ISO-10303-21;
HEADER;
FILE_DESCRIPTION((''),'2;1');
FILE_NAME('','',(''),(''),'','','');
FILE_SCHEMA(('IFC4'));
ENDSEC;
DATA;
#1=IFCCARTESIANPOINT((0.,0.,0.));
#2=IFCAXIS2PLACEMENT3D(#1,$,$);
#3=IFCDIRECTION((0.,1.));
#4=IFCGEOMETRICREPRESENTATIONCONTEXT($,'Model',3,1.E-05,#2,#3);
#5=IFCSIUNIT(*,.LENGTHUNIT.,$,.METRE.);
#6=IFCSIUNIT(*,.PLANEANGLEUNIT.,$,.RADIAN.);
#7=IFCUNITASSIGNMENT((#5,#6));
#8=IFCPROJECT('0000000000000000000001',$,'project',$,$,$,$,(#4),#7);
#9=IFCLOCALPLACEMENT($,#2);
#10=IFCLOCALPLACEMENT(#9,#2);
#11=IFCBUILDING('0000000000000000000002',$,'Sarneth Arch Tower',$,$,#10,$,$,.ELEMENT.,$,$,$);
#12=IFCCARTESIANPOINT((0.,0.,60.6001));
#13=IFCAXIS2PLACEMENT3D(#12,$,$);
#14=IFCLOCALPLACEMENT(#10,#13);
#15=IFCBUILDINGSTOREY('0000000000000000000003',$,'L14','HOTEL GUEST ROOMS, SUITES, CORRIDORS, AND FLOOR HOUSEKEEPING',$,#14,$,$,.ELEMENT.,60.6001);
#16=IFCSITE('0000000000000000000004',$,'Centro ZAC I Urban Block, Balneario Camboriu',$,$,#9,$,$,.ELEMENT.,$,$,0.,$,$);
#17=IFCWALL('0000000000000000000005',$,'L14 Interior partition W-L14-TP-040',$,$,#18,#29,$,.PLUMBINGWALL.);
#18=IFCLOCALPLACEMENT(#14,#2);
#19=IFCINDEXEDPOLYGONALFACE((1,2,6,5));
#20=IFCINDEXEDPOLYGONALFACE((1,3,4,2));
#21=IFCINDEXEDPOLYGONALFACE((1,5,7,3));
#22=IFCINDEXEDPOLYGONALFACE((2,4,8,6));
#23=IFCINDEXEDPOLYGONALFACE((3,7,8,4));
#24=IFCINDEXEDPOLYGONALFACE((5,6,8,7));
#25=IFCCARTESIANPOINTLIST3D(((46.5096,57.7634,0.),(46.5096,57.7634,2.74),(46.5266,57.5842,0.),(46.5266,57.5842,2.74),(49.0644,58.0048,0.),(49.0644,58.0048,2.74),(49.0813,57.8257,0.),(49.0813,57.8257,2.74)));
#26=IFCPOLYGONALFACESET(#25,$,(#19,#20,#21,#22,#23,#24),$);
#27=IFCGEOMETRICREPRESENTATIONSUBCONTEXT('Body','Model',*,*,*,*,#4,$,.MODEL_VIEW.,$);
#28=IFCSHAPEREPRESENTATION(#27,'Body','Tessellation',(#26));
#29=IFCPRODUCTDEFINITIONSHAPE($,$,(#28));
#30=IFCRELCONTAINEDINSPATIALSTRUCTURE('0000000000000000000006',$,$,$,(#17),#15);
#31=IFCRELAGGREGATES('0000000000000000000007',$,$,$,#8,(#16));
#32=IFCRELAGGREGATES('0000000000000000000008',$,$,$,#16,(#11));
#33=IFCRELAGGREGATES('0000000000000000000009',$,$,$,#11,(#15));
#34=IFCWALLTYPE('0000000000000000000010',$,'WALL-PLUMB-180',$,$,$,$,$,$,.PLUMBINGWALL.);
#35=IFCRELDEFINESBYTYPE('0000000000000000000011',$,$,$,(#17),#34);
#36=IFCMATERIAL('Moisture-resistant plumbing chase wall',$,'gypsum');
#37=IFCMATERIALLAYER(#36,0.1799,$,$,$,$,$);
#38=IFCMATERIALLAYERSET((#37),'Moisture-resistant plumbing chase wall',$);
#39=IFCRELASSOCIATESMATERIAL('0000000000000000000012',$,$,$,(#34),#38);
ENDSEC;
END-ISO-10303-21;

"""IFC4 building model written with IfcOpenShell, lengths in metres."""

from ifc_helpers import new_model, si_unit, direction, frame, frame_2d, origin, place, context, subcontext, project, spatial, rectangle, extrude, material, layer, layer_set, type_object, element, save


model = new_model("IFC4")

# Units and contexts
model_context = context("Model", 3, precision=1e-05, world=origin(), true_north=direction((0.0, 1.0)))
body_context = subcontext(model_context, "Body", "Model", "MODEL_VIEW")
ifc_project = project(units=[si_unit("LENGTHUNIT", "METRE"), si_unit("PLANEANGLEUNIT", "RADIAN")], contexts=[model_context])

# Site, building, storey
site_placement = place(None, origin())
site = spatial("IfcSite", under=ifc_project, at=site_placement, Name="Centro ZAC I Urban Block, Balneario Camboriu", CompositionType="ELEMENT", RefElevation=0.0)
building_placement = place(site_placement, origin())
building = spatial("IfcBuilding", under=site, at=building_placement, Name="Sarneth Arch Tower", CompositionType="ELEMENT")
storey_placement = place(building_placement, frame((0.0, 0.0, 60.6001)))
storey = spatial("IfcBuildingStorey", under=building, at=storey_placement, Name="L14", Description="HOTEL GUEST ROOMS, SUITES, CORRIDORS, AND FLOOR HOUSEKEEPING", CompositionType="ELEMENT", Elevation=60.6001)

# Shared definitions
ifc_material_1 = material(Name="Moisture-resistant plumbing chase wall", Category="gypsum")
ifc_layer_1 = layer(ifc_material_1, 0.1799)
ifc_layer_set_1 = layer_set([ifc_layer_1], Name="Moisture-resistant plumbing chase wall")
wall_type_1 = type_object("IfcWallType", Name="WALL-PLUMB-180", PredefinedType="PLUMBINGWALL", material=ifc_layer_set_1)

# Wall
wall_1_placement = place(storey_placement, frame((49.073, 57.9153, 0.0), z_axis=(0.0, 0.0, 1.0), x_axis=(-0.995563, -0.094095, 0.0)))
element("IfcWall", 1, at=wall_1_placement, inside=storey, type_object=wall_type_1, Name="L14 Interior partition W-L14-TP-040", PredefinedType="PLUMBINGWALL", context=body_context, shape_type="SweptSolid", body=[
    extrude(rectangle(XDim=2.5662, YDim=0.1799, at=frame_2d((1.2832, 0.0))), origin(), (0.0, 0.0, 1.0), 2.74),
])

save(model, "model.ifc")
